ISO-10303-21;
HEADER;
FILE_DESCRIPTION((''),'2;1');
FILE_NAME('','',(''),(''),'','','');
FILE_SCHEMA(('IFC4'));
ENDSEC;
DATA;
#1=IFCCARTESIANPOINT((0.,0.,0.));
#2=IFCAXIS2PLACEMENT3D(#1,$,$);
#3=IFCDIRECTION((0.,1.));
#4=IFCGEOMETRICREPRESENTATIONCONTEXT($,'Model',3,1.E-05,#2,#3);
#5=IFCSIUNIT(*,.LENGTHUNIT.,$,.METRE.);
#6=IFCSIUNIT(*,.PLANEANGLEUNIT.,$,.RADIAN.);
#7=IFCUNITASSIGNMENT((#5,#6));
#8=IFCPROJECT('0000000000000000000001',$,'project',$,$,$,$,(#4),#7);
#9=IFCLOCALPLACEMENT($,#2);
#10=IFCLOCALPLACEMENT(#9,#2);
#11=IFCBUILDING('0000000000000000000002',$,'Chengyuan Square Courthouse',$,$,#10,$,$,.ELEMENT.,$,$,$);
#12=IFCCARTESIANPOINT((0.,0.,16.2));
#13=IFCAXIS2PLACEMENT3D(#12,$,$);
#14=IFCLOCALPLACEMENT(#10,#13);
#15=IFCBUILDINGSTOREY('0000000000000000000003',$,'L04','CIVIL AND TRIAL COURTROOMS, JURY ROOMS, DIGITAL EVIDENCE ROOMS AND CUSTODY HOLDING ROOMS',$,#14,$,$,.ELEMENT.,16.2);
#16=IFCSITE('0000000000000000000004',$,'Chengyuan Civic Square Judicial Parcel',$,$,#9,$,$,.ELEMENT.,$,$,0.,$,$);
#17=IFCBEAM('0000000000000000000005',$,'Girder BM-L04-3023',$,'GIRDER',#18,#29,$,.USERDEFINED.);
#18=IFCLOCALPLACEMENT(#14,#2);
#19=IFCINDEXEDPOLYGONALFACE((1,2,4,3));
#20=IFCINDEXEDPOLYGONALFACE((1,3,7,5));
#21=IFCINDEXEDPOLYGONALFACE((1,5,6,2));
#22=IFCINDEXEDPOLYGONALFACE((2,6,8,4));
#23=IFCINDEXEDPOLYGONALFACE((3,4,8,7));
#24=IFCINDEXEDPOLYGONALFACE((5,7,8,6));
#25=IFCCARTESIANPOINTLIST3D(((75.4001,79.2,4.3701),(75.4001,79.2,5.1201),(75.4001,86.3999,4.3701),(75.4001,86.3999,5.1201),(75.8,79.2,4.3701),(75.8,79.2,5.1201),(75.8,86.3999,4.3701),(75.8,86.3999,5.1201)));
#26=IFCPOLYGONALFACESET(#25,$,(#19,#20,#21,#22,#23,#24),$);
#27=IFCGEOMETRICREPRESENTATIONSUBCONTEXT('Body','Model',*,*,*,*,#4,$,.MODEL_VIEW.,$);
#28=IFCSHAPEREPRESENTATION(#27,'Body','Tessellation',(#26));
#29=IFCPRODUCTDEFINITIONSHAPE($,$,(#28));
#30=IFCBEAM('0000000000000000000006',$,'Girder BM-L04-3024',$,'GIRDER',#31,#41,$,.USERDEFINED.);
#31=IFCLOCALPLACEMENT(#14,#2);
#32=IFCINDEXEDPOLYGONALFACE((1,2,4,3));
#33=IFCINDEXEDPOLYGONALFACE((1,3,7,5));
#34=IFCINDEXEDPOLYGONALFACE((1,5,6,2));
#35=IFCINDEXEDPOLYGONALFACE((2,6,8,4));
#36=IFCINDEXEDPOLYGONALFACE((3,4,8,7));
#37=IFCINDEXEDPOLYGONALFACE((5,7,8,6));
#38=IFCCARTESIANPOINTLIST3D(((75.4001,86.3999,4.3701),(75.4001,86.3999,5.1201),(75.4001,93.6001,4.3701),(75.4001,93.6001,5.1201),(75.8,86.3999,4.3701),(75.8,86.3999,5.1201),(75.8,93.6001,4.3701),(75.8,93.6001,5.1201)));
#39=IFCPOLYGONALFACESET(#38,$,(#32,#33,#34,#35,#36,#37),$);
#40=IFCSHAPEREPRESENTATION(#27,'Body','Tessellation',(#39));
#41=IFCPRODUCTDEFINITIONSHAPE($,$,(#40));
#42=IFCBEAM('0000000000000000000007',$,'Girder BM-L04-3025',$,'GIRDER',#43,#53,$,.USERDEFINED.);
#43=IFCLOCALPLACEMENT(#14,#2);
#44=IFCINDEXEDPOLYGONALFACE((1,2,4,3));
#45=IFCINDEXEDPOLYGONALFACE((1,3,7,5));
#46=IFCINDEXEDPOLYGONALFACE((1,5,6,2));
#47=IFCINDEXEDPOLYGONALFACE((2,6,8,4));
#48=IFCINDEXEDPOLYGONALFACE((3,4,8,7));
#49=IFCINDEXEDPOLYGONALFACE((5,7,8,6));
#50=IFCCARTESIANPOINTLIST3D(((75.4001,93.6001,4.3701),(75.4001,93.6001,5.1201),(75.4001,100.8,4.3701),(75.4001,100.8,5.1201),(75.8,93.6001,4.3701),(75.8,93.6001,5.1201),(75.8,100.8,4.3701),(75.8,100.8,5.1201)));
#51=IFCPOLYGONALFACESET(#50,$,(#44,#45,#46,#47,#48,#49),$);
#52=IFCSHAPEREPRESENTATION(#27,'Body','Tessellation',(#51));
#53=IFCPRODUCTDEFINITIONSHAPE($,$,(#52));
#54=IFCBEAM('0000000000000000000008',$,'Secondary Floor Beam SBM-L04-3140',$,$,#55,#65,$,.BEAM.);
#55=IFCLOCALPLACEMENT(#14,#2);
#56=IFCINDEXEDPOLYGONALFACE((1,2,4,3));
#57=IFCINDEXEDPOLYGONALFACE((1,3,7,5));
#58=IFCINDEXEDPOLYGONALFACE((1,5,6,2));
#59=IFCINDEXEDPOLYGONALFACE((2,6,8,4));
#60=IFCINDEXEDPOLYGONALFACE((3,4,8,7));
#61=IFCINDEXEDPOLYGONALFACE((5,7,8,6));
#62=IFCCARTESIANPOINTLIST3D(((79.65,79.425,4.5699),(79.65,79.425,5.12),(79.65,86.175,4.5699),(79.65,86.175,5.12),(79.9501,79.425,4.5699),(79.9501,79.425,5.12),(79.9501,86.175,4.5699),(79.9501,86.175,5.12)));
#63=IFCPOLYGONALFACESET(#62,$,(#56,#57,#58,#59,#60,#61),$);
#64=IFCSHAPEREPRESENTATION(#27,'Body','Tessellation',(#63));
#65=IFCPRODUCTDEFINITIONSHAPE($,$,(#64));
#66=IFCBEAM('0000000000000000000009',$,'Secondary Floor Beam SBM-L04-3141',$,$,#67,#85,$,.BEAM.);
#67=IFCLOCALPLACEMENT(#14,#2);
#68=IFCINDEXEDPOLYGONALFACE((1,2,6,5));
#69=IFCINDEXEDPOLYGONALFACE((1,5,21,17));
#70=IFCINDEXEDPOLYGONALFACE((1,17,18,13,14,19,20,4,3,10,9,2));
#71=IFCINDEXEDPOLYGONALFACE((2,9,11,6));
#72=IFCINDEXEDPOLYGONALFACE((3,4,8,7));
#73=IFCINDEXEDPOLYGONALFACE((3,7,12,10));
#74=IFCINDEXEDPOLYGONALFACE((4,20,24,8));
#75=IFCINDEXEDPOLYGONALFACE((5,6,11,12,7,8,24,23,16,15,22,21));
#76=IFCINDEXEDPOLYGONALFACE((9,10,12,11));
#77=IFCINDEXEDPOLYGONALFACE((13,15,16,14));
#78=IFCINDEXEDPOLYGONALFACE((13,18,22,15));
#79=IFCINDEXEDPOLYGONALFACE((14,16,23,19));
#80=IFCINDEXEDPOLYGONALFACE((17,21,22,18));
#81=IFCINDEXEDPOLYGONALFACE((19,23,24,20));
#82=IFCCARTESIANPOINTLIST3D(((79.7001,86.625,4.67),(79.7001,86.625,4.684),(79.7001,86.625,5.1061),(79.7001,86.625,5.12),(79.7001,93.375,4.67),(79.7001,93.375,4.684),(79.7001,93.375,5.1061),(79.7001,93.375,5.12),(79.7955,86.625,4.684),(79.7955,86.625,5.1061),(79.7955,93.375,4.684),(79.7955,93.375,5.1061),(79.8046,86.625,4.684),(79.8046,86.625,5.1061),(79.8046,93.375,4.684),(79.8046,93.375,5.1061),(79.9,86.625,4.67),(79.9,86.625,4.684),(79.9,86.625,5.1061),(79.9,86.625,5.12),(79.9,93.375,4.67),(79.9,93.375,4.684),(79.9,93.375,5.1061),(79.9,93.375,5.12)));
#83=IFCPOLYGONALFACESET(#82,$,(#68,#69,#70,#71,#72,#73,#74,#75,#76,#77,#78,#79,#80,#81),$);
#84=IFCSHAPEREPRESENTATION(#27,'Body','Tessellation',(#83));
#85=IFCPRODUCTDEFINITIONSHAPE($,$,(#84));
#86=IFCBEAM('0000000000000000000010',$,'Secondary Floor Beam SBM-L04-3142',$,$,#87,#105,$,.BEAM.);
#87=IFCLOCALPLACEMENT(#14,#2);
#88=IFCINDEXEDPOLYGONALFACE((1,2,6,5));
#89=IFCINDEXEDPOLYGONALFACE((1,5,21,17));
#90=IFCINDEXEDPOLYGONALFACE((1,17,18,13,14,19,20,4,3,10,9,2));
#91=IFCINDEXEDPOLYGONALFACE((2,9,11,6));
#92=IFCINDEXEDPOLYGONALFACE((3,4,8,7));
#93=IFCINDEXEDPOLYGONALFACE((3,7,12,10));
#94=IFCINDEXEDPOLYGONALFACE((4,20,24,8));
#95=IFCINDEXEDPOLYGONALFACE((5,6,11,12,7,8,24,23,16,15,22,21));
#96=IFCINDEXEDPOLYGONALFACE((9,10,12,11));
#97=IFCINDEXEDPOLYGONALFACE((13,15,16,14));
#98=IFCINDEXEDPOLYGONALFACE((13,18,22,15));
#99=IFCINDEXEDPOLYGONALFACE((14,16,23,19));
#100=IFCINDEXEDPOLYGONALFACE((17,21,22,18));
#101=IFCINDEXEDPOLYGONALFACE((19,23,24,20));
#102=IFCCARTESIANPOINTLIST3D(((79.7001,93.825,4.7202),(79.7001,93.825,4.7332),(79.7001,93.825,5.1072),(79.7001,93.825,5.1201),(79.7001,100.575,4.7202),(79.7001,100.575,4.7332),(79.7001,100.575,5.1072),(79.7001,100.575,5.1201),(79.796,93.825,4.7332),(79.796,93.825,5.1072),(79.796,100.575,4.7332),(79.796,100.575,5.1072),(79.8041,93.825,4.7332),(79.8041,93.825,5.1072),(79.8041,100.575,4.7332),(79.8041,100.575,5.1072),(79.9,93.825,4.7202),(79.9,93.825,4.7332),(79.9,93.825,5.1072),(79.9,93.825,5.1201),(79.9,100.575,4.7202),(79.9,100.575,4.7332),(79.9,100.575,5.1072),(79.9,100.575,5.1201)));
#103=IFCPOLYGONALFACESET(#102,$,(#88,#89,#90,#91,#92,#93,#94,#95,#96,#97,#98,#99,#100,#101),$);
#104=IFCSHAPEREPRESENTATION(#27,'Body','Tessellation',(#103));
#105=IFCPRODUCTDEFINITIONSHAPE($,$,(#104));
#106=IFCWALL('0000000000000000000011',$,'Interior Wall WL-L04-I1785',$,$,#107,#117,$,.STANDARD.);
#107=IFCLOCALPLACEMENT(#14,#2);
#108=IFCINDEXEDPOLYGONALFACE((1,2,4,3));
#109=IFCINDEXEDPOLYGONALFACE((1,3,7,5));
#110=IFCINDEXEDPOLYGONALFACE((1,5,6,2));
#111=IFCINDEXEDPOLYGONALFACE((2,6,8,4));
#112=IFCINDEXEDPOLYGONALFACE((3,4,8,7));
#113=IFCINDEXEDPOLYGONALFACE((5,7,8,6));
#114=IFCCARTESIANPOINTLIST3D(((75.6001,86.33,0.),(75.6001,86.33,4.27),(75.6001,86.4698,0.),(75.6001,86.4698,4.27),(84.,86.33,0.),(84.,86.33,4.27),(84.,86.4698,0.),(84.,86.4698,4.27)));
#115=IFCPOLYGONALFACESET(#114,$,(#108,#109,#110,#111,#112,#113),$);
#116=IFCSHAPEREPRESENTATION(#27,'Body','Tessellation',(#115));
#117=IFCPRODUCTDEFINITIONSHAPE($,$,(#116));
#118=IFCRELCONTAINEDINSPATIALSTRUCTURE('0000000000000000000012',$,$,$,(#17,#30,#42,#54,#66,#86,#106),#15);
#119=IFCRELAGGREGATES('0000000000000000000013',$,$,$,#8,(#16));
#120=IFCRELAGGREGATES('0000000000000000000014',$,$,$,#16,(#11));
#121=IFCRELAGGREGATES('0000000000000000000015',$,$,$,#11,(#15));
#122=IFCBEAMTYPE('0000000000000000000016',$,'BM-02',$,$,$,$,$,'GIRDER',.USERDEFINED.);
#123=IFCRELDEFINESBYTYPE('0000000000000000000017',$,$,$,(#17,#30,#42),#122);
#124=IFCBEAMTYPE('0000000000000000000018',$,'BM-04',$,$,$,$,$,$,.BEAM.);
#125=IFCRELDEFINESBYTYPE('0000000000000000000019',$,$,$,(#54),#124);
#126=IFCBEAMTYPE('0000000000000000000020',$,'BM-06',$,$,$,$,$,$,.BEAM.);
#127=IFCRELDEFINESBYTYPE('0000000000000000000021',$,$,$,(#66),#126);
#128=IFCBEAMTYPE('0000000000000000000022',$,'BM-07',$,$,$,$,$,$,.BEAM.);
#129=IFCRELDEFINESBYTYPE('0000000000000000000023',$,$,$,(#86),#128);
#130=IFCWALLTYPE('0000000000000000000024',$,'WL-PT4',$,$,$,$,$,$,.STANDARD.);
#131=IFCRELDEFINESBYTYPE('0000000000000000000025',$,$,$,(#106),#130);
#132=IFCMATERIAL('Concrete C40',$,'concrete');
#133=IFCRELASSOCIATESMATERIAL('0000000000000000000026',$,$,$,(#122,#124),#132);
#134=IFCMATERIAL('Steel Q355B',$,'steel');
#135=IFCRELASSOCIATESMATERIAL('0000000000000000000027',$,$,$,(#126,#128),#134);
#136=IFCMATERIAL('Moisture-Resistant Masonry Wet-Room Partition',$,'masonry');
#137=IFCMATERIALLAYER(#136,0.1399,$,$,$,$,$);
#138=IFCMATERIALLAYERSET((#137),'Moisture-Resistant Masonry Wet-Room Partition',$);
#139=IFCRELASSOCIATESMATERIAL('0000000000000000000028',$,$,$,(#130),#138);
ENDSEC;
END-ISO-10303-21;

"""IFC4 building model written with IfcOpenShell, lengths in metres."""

from ifc_helpers import new_model, si_unit, direction, frame, frame_2d, origin, origin_2d, place, context, subcontext, project, spatial, rectangle, i_section, extrude, material, layer, layer_set, material_profile, profile_set, type_object, element, save


model = new_model("IFC4")

# Units and contexts
model_context = context("Model", 3, precision=1e-05, world=origin(), true_north=direction((0.0, 1.0)))
body_context = subcontext(model_context, "Body", "Model", "MODEL_VIEW")
ifc_project = project(units=[si_unit("LENGTHUNIT", "METRE"), si_unit("PLANEANGLEUNIT", "RADIAN")], contexts=[model_context])

# Site, building, storey
site_placement = place(None, origin())
site = spatial("IfcSite", under=ifc_project, at=site_placement, Name="Chengyuan Civic Square Judicial Parcel", CompositionType="ELEMENT", RefElevation=0.0)
building_placement = place(site_placement, origin())
building = spatial("IfcBuilding", under=site, at=building_placement, Name="Chengyuan Square Courthouse", CompositionType="ELEMENT")
storey_placement = place(building_placement, frame((0.0, 0.0, 16.2)))
storey = spatial("IfcBuildingStorey", under=building, at=storey_placement, Name="L04", Description="CIVIL AND TRIAL COURTROOMS, JURY ROOMS, DIGITAL EVIDENCE ROOMS AND CUSTODY HOLDING ROOMS", CompositionType="ELEMENT", Elevation=16.2)

# Beams
ifc_material_1 = material(Name="Concrete C40", Category="concrete")
ifc_material_profile_1 = material_profile(ifc_material_1, rectangle(XDim=0.3999, YDim=0.75, at=origin_2d()), Name="RC-BM-400x750")
ifc_profile_set_1 = profile_set([ifc_material_profile_1], Name="Concrete C40")
beam_type_1 = type_object("IfcBeamType", Name="BM-02", ElementType="GIRDER", PredefinedType="USERDEFINED", material=ifc_profile_set_1)
beam_1_placement = place(storey_placement, frame((75.6001, 79.2, 4.7451), z_axis=(0.0, 1.0, 0.0), x_axis=(-1.0, 0.0, 0.0)))
element("IfcBeam", 1, at=beam_1_placement, inside=storey, type_object=beam_type_1, Name="Girder BM-L04-3023", ObjectType="GIRDER", PredefinedType="USERDEFINED", context=body_context, shape_type="SweptSolid", body=[
    extrude(rectangle(XDim=0.3999, YDim=0.75, at=origin_2d()), origin(), (0.0, 0.0, 1.0), 7.2),
])
beam_2_placement = place(storey_placement, frame((75.6001, 86.3999, 4.7451), z_axis=(0.0, 1.0, 0.0), x_axis=(-1.0, 0.0, 0.0)))
element("IfcBeam", 2, at=beam_2_placement, inside=storey, type_object=beam_type_1, Name="Girder BM-L04-3024", ObjectType="GIRDER", PredefinedType="USERDEFINED", context=body_context, shape_type="SweptSolid", body=[
    extrude(rectangle(XDim=0.3999, YDim=0.75, at=origin_2d()), origin(), (0.0, 0.0, 1.0), 7.2002),
])
beam_3_placement = place(storey_placement, frame((75.6001, 93.6001, 4.7451), z_axis=(0.0, 1.0, 0.0), x_axis=(-1.0, 0.0, 0.0)))
element("IfcBeam", 3, at=beam_3_placement, inside=storey, type_object=beam_type_1, Name="Girder BM-L04-3025", ObjectType="GIRDER", PredefinedType="USERDEFINED", context=body_context, shape_type="SweptSolid", body=[
    extrude(rectangle(XDim=0.3999, YDim=0.75, at=origin_2d()), origin(), (0.0, 0.0, 1.0), 7.2),
])
ifc_material_profile_2 = material_profile(ifc_material_1, rectangle(XDim=0.3, YDim=0.55, at=origin_2d()), Name="RC-BM-300x550")
ifc_profile_set_2 = profile_set([ifc_material_profile_2], Name="Concrete C40")
beam_type_2 = type_object("IfcBeamType", Name="BM-04", PredefinedType="BEAM", material=ifc_profile_set_2)
beam_4_placement = place(storey_placement, frame((79.8, 79.425, 4.845), z_axis=(0.0, 1.0, 0.0), x_axis=(-1.0, 0.0, 0.0)))
element("IfcBeam", 4, at=beam_4_placement, inside=storey, type_object=beam_type_2, Name="Secondary Floor Beam SBM-L04-3140", PredefinedType="BEAM", context=body_context, shape_type="SweptSolid", body=[
    extrude(rectangle(XDim=0.3, YDim=0.55, at=origin_2d()), origin(), (0.0, 0.0, 1.0), 6.75),
])
ifc_material_2 = material(Name="Steel Q355B", Category="steel")
ifc_material_profile_3 = material_profile(ifc_material_2, i_section(OverallWidth=0.2, OverallDepth=0.45, WebThickness=0.009, FlangeThickness=0.0139, at=origin_2d()), Name="HN 450x200x9x14")
ifc_profile_set_3 = profile_set([ifc_material_profile_3], Name="Steel Q355B")
beam_type_3 = type_object("IfcBeamType", Name="BM-06", PredefinedType="BEAM", material=ifc_profile_set_3)
beam_5_placement = place(storey_placement, frame((79.8, 86.625, 4.895), z_axis=(0.0, 1.0, 0.0), x_axis=(-1.0, 0.0, 0.0)))
element("IfcBeam", 5, at=beam_5_placement, inside=storey, type_object=beam_type_3, Name="Secondary Floor Beam SBM-L04-3141", PredefinedType="BEAM", context=body_context, shape_type="SweptSolid", body=[
    extrude(i_section(OverallWidth=0.2, OverallDepth=0.45, WebThickness=0.009, FlangeThickness=0.0139, at=origin_2d()), origin(), (0.0, 0.0, 1.0), 6.75),
])
ifc_material_profile_4 = material_profile(ifc_material_2, i_section(OverallWidth=0.2, OverallDepth=0.3999, WebThickness=0.0081, FlangeThickness=0.0129, at=origin_2d()), Name="HN 400x200x8x13")
ifc_profile_set_4 = profile_set([ifc_material_profile_4], Name="Steel Q355B")
beam_type_4 = type_object("IfcBeamType", Name="BM-07", PredefinedType="BEAM", material=ifc_profile_set_4)
beam_6_placement = place(storey_placement, frame((79.8, 93.825, 4.9202), z_axis=(0.0, 1.0, 0.0), x_axis=(-1.0, 0.0, 0.0)))
element("IfcBeam", 6, at=beam_6_placement, inside=storey, type_object=beam_type_4, Name="Secondary Floor Beam SBM-L04-3142", PredefinedType="BEAM", context=body_context, shape_type="SweptSolid", body=[
    extrude(i_section(OverallWidth=0.2, OverallDepth=0.3999, WebThickness=0.0081, FlangeThickness=0.0129, at=origin_2d()), origin(), (0.0, 0.0, 1.0), 6.75),
])

# Wall
ifc_material_3 = material(Name="Moisture-Resistant Masonry Wet-Room Partition", Category="masonry")
ifc_layer_1 = layer(ifc_material_3, 0.1399)
ifc_layer_set_1 = layer_set([ifc_layer_1], Name="Moisture-Resistant Masonry Wet-Room Partition")
wall_type_1 = type_object("IfcWallType", Name="WL-PT4", PredefinedType="STANDARD", material=ifc_layer_set_1)
wall_1_placement = place(storey_placement, frame((75.6001, 86.3999, 0.0), z_axis=(0.0, 0.0, 1.0), x_axis=(1.0, 0.0, 0.0)))
element("IfcWall", 7, at=wall_1_placement, inside=storey, type_object=wall_type_1, Name="Interior Wall WL-L04-I1785", PredefinedType="STANDARD", context=body_context, shape_type="SweptSolid", body=[
    extrude(rectangle(XDim=8.3999, YDim=0.1399, at=frame_2d((4.2, 0.0))), origin(), (0.0, 0.0, 1.0), 4.27),
])

save(model, "model.ifc")
